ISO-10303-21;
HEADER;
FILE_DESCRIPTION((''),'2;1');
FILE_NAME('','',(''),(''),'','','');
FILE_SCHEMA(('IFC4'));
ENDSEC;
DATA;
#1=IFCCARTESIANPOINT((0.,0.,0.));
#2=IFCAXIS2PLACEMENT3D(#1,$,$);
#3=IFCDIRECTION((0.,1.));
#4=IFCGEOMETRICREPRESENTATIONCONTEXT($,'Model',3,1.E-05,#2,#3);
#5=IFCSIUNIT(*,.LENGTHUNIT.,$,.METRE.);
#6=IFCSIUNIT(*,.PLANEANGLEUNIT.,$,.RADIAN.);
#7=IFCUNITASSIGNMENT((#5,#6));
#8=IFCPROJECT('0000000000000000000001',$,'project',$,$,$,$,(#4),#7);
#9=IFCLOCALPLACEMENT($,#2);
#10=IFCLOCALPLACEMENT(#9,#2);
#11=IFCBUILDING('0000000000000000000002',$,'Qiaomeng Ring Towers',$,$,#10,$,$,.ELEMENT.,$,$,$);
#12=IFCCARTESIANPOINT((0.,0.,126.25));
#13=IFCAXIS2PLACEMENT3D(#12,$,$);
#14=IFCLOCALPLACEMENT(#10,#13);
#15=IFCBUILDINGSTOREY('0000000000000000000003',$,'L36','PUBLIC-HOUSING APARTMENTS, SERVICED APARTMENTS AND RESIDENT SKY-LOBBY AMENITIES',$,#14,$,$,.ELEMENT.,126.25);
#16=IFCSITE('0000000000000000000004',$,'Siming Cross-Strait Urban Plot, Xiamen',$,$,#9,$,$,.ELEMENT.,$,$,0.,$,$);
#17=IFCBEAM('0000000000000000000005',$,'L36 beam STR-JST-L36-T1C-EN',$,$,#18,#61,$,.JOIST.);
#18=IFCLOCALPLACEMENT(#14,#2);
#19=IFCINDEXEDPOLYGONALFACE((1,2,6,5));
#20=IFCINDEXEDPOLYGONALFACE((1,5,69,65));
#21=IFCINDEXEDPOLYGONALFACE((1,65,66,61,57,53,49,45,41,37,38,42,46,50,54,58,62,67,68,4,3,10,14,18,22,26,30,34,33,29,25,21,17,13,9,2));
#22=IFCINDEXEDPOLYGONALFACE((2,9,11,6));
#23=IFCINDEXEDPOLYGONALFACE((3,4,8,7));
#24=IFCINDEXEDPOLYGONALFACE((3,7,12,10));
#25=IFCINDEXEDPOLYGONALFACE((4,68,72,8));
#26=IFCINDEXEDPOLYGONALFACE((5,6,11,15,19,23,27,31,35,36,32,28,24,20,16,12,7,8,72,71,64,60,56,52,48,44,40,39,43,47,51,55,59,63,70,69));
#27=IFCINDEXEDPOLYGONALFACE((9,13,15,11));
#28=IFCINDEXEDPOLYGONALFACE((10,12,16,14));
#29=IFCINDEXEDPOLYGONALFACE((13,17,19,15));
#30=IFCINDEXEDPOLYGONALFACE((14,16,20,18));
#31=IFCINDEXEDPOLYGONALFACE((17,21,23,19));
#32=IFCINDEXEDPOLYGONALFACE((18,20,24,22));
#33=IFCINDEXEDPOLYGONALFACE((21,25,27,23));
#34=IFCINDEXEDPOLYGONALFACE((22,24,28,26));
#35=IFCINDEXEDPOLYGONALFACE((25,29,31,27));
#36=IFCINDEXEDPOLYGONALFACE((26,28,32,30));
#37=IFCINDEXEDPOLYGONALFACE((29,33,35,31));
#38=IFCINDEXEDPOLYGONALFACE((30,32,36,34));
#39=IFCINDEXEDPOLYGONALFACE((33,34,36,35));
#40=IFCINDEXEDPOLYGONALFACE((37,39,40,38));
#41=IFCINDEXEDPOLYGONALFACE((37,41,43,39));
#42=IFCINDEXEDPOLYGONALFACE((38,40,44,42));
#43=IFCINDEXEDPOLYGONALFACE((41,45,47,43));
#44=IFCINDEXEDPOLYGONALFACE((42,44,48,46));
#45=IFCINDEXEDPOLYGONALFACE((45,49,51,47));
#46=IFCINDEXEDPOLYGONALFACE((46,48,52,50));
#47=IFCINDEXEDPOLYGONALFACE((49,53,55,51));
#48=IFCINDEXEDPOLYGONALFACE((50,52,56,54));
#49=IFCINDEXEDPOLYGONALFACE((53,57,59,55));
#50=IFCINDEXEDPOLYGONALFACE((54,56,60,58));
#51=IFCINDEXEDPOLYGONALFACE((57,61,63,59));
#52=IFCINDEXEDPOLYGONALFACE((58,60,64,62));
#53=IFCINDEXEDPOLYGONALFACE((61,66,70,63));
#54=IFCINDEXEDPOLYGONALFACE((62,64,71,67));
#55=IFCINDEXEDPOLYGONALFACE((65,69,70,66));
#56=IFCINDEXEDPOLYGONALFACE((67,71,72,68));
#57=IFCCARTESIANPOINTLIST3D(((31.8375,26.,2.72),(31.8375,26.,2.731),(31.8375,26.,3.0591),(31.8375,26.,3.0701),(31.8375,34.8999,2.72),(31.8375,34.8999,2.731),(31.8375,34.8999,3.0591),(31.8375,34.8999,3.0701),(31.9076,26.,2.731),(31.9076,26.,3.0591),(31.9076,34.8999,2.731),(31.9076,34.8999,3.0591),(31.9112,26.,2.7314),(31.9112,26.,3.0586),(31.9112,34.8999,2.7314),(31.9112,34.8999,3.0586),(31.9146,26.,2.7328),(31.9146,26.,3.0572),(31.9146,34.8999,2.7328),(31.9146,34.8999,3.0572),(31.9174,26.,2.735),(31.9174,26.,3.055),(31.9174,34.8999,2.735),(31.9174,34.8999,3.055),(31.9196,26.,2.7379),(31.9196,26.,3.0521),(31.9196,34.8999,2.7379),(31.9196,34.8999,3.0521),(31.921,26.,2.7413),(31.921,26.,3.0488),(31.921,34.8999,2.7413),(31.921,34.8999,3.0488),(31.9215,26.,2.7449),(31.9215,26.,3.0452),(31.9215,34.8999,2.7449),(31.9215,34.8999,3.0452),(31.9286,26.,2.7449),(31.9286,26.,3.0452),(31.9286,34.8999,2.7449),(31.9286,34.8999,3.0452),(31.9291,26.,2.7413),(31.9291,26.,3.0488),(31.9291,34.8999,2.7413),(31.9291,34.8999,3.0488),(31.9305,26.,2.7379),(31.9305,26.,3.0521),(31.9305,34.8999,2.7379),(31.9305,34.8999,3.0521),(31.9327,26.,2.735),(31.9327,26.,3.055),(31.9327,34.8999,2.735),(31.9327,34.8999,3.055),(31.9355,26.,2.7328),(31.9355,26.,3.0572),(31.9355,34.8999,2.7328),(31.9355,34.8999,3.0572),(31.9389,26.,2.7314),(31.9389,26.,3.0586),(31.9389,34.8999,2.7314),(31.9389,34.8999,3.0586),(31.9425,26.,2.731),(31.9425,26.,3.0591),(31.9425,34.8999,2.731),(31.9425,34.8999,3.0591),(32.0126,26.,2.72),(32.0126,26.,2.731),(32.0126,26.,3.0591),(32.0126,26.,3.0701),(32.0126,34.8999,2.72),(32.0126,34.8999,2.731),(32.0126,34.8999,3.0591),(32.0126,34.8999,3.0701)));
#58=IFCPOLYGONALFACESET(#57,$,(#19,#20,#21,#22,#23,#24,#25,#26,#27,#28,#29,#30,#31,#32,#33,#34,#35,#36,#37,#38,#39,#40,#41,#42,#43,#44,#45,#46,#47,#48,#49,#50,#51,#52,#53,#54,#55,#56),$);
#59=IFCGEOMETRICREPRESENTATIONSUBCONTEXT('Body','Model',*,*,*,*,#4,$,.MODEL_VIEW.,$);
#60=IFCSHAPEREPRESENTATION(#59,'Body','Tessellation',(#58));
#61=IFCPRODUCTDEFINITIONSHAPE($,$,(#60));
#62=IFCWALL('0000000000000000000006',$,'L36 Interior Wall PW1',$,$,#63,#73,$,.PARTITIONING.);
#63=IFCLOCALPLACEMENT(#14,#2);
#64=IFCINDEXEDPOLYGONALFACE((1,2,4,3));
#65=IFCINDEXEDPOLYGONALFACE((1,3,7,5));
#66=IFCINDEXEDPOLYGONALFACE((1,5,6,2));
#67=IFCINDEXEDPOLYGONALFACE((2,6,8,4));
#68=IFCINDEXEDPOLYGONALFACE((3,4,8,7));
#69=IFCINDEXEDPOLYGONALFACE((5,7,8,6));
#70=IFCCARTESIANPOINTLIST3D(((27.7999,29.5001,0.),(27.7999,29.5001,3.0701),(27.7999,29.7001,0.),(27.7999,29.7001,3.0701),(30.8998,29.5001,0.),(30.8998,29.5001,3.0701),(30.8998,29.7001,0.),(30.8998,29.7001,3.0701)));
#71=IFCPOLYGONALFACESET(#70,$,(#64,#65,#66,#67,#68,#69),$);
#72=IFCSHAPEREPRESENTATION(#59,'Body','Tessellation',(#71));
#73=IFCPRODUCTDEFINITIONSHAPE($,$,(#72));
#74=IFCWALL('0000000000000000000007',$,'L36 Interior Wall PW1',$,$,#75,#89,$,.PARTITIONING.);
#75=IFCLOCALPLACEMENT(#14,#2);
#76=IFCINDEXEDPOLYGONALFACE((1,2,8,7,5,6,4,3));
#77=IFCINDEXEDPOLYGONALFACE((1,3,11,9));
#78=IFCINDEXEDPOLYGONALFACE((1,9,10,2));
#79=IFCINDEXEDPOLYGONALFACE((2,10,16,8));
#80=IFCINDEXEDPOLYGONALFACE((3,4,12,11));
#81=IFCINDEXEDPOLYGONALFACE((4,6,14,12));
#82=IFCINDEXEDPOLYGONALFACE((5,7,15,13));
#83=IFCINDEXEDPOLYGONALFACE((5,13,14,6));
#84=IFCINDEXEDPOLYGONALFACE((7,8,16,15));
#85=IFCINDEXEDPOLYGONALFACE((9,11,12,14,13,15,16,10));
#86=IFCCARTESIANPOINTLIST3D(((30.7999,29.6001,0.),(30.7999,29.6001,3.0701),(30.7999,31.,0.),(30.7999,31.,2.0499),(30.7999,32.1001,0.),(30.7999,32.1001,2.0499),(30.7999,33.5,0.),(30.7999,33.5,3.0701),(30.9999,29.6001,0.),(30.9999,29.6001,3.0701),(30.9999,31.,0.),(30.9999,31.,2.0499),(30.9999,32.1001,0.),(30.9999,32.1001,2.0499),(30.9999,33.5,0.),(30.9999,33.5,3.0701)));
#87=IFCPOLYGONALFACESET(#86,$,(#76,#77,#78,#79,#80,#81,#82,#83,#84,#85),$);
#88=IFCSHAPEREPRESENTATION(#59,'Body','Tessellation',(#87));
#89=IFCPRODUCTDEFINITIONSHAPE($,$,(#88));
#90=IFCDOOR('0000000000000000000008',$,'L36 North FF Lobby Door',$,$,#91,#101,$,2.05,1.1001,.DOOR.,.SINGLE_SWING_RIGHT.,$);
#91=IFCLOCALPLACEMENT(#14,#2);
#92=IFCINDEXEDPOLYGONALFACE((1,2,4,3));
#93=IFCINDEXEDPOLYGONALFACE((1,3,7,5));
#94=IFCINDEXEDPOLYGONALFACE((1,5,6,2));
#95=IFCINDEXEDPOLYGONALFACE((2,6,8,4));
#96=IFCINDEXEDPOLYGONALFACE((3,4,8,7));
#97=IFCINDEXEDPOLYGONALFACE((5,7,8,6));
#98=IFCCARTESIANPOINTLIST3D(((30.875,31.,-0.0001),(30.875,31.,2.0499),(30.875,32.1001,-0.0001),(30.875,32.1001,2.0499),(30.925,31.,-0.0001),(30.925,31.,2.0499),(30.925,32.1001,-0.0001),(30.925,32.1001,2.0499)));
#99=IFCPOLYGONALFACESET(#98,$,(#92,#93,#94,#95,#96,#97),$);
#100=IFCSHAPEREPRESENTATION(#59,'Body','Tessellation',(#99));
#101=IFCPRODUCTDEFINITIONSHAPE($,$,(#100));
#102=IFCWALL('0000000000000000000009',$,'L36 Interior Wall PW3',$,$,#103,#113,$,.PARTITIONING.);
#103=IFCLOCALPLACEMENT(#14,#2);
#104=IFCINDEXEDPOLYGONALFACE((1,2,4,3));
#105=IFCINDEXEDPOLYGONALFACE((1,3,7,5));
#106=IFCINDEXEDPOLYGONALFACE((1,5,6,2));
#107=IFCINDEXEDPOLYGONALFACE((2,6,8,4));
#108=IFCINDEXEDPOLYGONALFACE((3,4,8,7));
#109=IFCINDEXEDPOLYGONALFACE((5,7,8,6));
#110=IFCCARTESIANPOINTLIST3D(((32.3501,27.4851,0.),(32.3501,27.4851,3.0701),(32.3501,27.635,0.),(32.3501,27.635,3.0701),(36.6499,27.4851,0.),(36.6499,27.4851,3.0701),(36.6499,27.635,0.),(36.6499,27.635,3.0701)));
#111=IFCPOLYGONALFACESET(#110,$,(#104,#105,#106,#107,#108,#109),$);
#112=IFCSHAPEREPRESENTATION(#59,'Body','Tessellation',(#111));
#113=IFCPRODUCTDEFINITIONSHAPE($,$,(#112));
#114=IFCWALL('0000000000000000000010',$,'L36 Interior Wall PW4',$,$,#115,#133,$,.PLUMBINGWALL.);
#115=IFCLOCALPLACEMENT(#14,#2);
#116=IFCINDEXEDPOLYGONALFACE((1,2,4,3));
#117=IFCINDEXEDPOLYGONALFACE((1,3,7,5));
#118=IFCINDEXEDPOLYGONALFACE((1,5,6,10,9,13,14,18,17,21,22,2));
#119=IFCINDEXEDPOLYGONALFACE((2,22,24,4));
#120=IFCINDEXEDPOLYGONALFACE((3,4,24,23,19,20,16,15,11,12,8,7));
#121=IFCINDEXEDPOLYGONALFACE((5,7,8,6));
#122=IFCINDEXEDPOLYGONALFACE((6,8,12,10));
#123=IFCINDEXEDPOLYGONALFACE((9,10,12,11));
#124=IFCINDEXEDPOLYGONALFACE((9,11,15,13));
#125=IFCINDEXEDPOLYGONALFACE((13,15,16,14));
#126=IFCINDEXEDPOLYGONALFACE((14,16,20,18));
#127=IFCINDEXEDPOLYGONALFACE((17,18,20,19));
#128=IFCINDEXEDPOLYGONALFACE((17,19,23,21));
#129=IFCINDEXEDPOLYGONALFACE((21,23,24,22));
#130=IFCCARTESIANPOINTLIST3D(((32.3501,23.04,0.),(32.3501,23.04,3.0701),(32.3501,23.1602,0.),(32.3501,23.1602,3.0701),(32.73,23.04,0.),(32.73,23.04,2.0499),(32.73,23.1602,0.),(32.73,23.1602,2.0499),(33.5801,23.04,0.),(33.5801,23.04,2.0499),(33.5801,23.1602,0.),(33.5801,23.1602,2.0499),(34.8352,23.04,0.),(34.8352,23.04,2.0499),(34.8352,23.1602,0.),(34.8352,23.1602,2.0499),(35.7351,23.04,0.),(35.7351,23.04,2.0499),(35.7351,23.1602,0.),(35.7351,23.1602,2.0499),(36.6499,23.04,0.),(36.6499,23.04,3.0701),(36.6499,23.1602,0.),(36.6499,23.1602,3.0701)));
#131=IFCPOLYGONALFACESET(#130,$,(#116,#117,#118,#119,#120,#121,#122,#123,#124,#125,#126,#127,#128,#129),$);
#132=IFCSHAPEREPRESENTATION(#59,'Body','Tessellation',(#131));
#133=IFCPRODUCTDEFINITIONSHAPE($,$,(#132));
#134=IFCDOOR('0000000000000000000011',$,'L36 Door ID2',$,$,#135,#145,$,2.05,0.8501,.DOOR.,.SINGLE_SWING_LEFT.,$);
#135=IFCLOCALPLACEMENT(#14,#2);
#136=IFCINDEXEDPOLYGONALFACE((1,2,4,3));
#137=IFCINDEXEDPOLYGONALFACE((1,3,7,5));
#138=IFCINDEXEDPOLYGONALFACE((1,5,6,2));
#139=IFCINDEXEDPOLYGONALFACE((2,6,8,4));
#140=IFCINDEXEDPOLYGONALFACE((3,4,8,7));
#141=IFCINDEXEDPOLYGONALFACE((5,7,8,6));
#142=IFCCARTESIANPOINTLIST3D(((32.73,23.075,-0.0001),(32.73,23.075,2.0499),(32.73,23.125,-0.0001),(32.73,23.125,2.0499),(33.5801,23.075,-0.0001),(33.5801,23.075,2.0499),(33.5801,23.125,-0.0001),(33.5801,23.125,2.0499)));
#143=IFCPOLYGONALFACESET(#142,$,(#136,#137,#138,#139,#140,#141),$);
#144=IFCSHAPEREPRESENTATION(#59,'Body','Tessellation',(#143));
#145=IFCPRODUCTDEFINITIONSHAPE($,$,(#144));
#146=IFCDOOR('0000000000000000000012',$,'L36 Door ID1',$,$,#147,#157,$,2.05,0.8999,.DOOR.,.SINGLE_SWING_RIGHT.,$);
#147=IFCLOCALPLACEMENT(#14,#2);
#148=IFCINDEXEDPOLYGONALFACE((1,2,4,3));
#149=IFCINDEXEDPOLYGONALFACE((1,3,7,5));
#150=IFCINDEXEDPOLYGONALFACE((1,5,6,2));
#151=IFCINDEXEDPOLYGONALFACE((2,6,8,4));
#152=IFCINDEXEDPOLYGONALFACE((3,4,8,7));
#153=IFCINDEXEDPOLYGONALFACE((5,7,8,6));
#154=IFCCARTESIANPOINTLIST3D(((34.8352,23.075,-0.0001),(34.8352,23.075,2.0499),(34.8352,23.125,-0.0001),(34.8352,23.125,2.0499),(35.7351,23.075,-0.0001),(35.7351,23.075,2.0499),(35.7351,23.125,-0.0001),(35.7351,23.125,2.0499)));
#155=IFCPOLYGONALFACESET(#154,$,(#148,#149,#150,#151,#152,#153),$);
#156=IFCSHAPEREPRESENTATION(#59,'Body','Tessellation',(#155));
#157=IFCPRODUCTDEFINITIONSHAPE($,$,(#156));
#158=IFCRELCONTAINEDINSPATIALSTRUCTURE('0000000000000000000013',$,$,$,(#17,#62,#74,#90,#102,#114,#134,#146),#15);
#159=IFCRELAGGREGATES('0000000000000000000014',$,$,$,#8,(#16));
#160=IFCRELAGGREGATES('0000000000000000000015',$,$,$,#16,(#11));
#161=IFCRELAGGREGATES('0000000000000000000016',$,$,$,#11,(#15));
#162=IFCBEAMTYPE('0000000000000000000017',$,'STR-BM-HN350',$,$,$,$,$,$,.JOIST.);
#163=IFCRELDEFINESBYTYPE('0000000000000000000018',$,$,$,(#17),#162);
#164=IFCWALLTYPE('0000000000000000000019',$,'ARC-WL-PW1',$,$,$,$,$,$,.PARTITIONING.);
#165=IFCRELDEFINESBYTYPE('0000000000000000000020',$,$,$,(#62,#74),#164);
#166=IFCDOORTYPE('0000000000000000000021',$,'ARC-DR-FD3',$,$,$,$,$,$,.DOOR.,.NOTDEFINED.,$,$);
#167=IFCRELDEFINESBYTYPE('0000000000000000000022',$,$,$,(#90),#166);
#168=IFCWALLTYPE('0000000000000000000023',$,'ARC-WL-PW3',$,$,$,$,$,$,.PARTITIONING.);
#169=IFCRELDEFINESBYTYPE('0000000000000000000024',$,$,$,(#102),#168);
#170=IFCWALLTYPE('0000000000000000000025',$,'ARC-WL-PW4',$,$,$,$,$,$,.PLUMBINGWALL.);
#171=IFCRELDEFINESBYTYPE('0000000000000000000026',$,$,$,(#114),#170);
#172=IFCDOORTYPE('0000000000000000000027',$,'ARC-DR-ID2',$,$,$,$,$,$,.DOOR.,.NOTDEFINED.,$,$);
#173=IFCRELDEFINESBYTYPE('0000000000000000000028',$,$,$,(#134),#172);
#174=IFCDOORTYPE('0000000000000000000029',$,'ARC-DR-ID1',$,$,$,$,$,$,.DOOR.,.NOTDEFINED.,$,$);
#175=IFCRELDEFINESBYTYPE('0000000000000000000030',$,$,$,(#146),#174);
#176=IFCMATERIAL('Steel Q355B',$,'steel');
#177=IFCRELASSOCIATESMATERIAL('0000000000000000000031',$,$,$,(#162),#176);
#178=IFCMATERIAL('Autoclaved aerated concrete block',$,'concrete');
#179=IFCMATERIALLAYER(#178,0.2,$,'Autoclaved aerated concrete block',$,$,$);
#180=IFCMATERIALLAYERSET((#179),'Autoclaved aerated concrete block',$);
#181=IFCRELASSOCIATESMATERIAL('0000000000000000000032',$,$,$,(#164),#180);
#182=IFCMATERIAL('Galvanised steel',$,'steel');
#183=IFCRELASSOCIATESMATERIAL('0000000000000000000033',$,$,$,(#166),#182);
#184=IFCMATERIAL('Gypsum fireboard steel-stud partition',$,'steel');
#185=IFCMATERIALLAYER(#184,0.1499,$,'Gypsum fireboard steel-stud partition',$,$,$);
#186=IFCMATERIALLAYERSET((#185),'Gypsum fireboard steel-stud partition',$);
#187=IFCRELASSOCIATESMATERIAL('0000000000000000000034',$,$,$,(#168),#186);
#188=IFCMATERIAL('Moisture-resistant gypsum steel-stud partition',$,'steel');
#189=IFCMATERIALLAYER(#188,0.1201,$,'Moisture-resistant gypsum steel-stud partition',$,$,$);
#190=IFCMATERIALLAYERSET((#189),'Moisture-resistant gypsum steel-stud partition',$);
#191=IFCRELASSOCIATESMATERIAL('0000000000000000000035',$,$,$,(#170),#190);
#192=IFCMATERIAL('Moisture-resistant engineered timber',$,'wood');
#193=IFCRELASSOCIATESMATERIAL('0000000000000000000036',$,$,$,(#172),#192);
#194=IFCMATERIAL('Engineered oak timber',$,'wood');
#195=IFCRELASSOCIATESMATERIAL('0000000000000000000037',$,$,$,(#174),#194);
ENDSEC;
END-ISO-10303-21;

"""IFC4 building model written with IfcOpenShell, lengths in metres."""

from ifc_helpers import new_model, si_unit, direction, frame, frame_2d, origin, origin_2d, place, context, subcontext, project, spatial, rectangle, i_section, extrude, source, transform, mapped, material, layer, layer_set, material_profile, profile_set, type_object, element, fill, save


model = new_model("IFC4")

# Units and contexts
model_context = context("Model", 3, precision=1e-05, world=origin(), true_north=direction((0.0, 1.0)))
body_context = subcontext(model_context, "Body", "Model", "MODEL_VIEW")
ifc_project = project(units=[si_unit("LENGTHUNIT", "METRE"), si_unit("PLANEANGLEUNIT", "RADIAN")], contexts=[model_context])

# Site, building, storey
site_placement = place(None, origin())
site = spatial("IfcSite", under=ifc_project, at=site_placement, Name="Siming Cross-Strait Urban Plot, Xiamen", CompositionType="ELEMENT", RefElevation=0.0)
building_placement = place(site_placement, origin())
building = spatial("IfcBuilding", under=site, at=building_placement, Name="Qiaomeng Ring Towers", CompositionType="ELEMENT")
storey_placement = place(building_placement, frame((0.0, 0.0, 126.25)))
storey = spatial("IfcBuildingStorey", under=building, at=storey_placement, Name="L36", Description="PUBLIC-HOUSING APARTMENTS, SERVICED APARTMENTS AND RESIDENT SKY-LOBBY AMENITIES", CompositionType="ELEMENT", Elevation=126.25)

# Beam
ifc_material_1 = material(Name="Steel Q355B", Category="steel")
ifc_material_profile_1 = material_profile(ifc_material_1, i_section(OverallWidth=0.175, OverallDepth=0.3501, WebThickness=0.0071, FlangeThickness=0.011, FilletRadius=0.0139, at=origin_2d()), Name="HN 350x175x7x11")
ifc_profile_set_1 = profile_set([ifc_material_profile_1], Name="Steel Q355B")
beam_type_1 = type_object("IfcBeamType", Name="STR-BM-HN350", PredefinedType="JOIST", material=ifc_profile_set_1)
shared_shape_1 = source(origin(), body_context, "Body", "SweptSolid", [
    extrude(i_section(OverallWidth=0.175, OverallDepth=0.3501, WebThickness=0.0071, FlangeThickness=0.011, FilletRadius=0.0139, at=origin_2d()), origin(), (0.0, 0.0, 1.0), 8.8999),
])
beam_1_placement = place(storey_placement, frame((31.925, 26.0, 2.895), z_axis=(0.0, 1.0, 0.0), x_axis=(-1.0, 0.0, 0.0)))
element("IfcBeam", 1, at=beam_1_placement, inside=storey, type_object=beam_type_1, Name="L36 beam STR-JST-L36-T1C-EN", PredefinedType="JOIST", context=body_context, shape_type="MappedRepresentation", body=[
    mapped(shared_shape_1, transform((0.0, 0.0, 0.0), x_axis=(1.0, 0.0, 0.0), y_axis=(0.0, 1.0, 0.0), z_axis=(0.0, 0.0, 1.0), scale=1.0)),
])

# Wall
ifc_material_2 = material(Name="Autoclaved aerated concrete block", Category="concrete")
ifc_layer_1 = layer(ifc_material_2, 0.2, Name="Autoclaved aerated concrete block")
ifc_layer_set_1 = layer_set([ifc_layer_1], Name="Autoclaved aerated concrete block")
wall_type_1 = type_object("IfcWallType", Name="ARC-WL-PW1", PredefinedType="PARTITIONING", material=ifc_layer_set_1)
wall_1_placement = place(storey_placement, frame((27.8, 29.6001, 0.0), z_axis=(0.0, 0.0, 1.0), x_axis=(1.0, 0.0, 0.0)))
element("IfcWall", 2, at=wall_1_placement, inside=storey, type_object=wall_type_1, Name="L36 Interior Wall PW1", PredefinedType="PARTITIONING", context=body_context, shape_type="SweptSolid", body=[
    extrude(rectangle(XDim=3.0999, YDim=0.2, at=frame_2d((1.5498, 0.0))), origin(), (0.0, 0.0, 1.0), 3.0701),
])

# Wall, opening, door
wall_2_placement = place(storey_placement, frame((30.8999, 29.6001, 0.0), z_axis=(0.0, 0.0, 1.0), x_axis=(0.0, 1.0, 0.0)))
wall_2 = element("IfcWall", 3, at=wall_2_placement, inside=storey, type_object=wall_type_1, Name="L36 Interior Wall PW1", PredefinedType="PARTITIONING", context=body_context, shape_type="SweptSolid", body=[
    extrude(rectangle(XDim=3.8999, YDim=0.2, at=frame_2d((1.95, 0.0))), origin(), (0.0, 0.0, 1.0), 3.0701),
])
opening_1_placement = place(wall_2_placement, frame((1.3999, 0.0, 0.0)))
opening_1 = element("IfcOpeningElement", 4, at=opening_1_placement, cuts=wall_2, PredefinedType="OPENING", context=body_context, shape_type="SweptSolid", body=[
    extrude(rectangle(XDim=1.1001, YDim=2.05, at=frame_2d((0.55, 1.0249))), frame((0.0, 0.1099, 0.0), z_axis=(0.0, -1.0, 0.0), x_axis=(1.0, 0.0, 0.0)), (0.0, 0.0, 1.0), 0.22),
])
ifc_material_3 = material(Name="Galvanised steel", Category="steel")
door_type_1 = type_object("IfcDoorType", Name="ARC-DR-FD3", OperationType="NOTDEFINED", PredefinedType="DOOR", material=ifc_material_3)
shared_shape_2 = source(origin(), body_context, "Body", "SweptSolid", [
    extrude(rectangle(XDim=1.1001, YDim=2.05, at=frame_2d((0.55, 1.0249))), frame((0.0, 0.0249, 0.0), z_axis=(0.0, -1.0, 0.0), x_axis=(1.0, 0.0, 0.0)), (0.0, 0.0, 1.0), 0.05),
])
door_1_placement = place(opening_1_placement, origin())
door_1 = element("IfcDoor", 5, at=door_1_placement, inside=storey, type_object=door_type_1, Name="L36 North FF Lobby Door", OperationType="SINGLE_SWING_RIGHT", OverallHeight=2.05, OverallWidth=1.1001, PredefinedType="DOOR", context=body_context, shape_type="MappedRepresentation", body=[
    mapped(shared_shape_2, transform((0.0, 0.0, 0.0), x_axis=(1.0, 0.0, 0.0), y_axis=(0.0, 1.0, 0.0), z_axis=(0.0, 0.0, 1.0), scale=1.0)),
])
fill(opening_1, door_1)

# Wall
ifc_material_4 = material(Name="Gypsum fireboard steel-stud partition", Category="steel")
ifc_layer_2 = layer(ifc_material_4, 0.1499, Name="Gypsum fireboard steel-stud partition")
ifc_layer_set_2 = layer_set([ifc_layer_2], Name="Gypsum fireboard steel-stud partition")
wall_type_2 = type_object("IfcWallType", Name="ARC-WL-PW3", PredefinedType="PARTITIONING", material=ifc_layer_set_2)
wall_3_placement = place(storey_placement, frame((32.3501, 27.5601, 0.0), z_axis=(0.0, 0.0, 1.0), x_axis=(1.0, 0.0, 0.0)))
element("IfcWall", 6, at=wall_3_placement, inside=storey, type_object=wall_type_2, Name="L36 Interior Wall PW3", PredefinedType="PARTITIONING", context=body_context, shape_type="SweptSolid", body=[
    extrude(rectangle(XDim=4.2998, YDim=0.1499, at=frame_2d((2.1499, 0.0))), origin(), (0.0, 0.0, 1.0), 3.0701),
])

# Wall, openings, doors
ifc_material_5 = material(Name="Moisture-resistant gypsum steel-stud partition", Category="steel")
ifc_layer_3 = layer(ifc_material_5, 0.1201, Name="Moisture-resistant gypsum steel-stud partition")
ifc_layer_set_3 = layer_set([ifc_layer_3], Name="Moisture-resistant gypsum steel-stud partition")
wall_type_3 = type_object("IfcWallType", Name="ARC-WL-PW4", PredefinedType="PLUMBINGWALL", material=ifc_layer_set_3)
wall_4_placement = place(storey_placement, frame((32.3501, 23.1001, 0.0), z_axis=(0.0, 0.0, 1.0), x_axis=(1.0, 0.0, 0.0)))
wall_4 = element("IfcWall", 7, at=wall_4_placement, inside=storey, type_object=wall_type_3, Name="L36 Interior Wall PW4", PredefinedType="PLUMBINGWALL", context=body_context, shape_type="SweptSolid", body=[
    extrude(rectangle(XDim=4.2998, YDim=0.1201, at=frame_2d((2.1499, 0.0))), origin(), (0.0, 0.0, 1.0), 3.0701),
])
opening_2_placement = place(wall_4_placement, frame((0.3799, 0.0, 0.0)))
opening_2 = element("IfcOpeningElement", 8, at=opening_2_placement, cuts=wall_4, PredefinedType="OPENING", context=body_context, shape_type="SweptSolid", body=[
    extrude(rectangle(XDim=0.8501, YDim=2.05, at=frame_2d((0.425, 1.0249))), frame((0.0, 0.0701, 0.0), z_axis=(0.0, -1.0, 0.0), x_axis=(1.0, 0.0, 0.0)), (0.0, 0.0, 1.0), 0.1401),
])
opening_3_placement = place(wall_4_placement, frame((2.4851, 0.0, 0.0)))
opening_3 = element("IfcOpeningElement", 9, at=opening_3_placement, cuts=wall_4, PredefinedType="OPENING", context=body_context, shape_type="SweptSolid", body=[
    extrude(rectangle(XDim=0.8999, YDim=2.05, at=frame_2d((0.45, 1.0249))), frame((0.0, 0.0701, 0.0), z_axis=(0.0, -1.0, 0.0), x_axis=(1.0, 0.0, 0.0)), (0.0, 0.0, 1.0), 0.1401),
])
ifc_material_6 = material(Name="Moisture-resistant engineered timber", Category="wood")
door_type_2 = type_object("IfcDoorType", Name="ARC-DR-ID2", OperationType="NOTDEFINED", PredefinedType="DOOR", material=ifc_material_6)
shared_shape_3 = source(origin(), body_context, "Body", "SweptSolid", [
    extrude(rectangle(XDim=0.8501, YDim=2.05, at=frame_2d((0.425, 1.0249))), frame((0.0, 0.0249, 0.0), z_axis=(0.0, -1.0, 0.0), x_axis=(1.0, 0.0, 0.0)), (0.0, 0.0, 1.0), 0.05),
])
door_2_placement = place(opening_2_placement, origin())
door_2 = element("IfcDoor", 10, at=door_2_placement, inside=storey, type_object=door_type_2, Name="L36 Door ID2", OperationType="SINGLE_SWING_LEFT", OverallHeight=2.05, OverallWidth=0.8501, PredefinedType="DOOR", context=body_context, shape_type="MappedRepresentation", body=[
    mapped(shared_shape_3, transform((0.0, 0.0, 0.0), x_axis=(1.0, 0.0, 0.0), y_axis=(0.0, 1.0, 0.0), z_axis=(0.0, 0.0, 1.0), scale=1.0)),
])
fill(opening_2, door_2)
ifc_material_7 = material(Name="Engineered oak timber", Category="wood")
door_type_3 = type_object("IfcDoorType", Name="ARC-DR-ID1", OperationType="NOTDEFINED", PredefinedType="DOOR", material=ifc_material_7)
shared_shape_4 = source(origin(), body_context, "Body", "SweptSolid", [
    extrude(rectangle(XDim=0.8999, YDim=2.05, at=frame_2d((0.45, 1.0249))), frame((0.0, 0.0249, 0.0), z_axis=(0.0, -1.0, 0.0), x_axis=(1.0, 0.0, 0.0)), (0.0, 0.0, 1.0), 0.05),
])
door_3_placement = place(opening_3_placement, origin())
door_3 = element("IfcDoor", 11, at=door_3_placement, inside=storey, type_object=door_type_3, Name="L36 Door ID1", OperationType="SINGLE_SWING_RIGHT", OverallHeight=2.05, OverallWidth=0.8999, PredefinedType="DOOR", context=body_context, shape_type="MappedRepresentation", body=[
    mapped(shared_shape_4, transform((0.0, 0.0, 0.0), x_axis=(1.0, 0.0, 0.0), y_axis=(0.0, 1.0, 0.0), z_axis=(0.0, 0.0, 1.0), scale=1.0)),
])
fill(opening_3, door_3)

save(model, "model.ifc")
